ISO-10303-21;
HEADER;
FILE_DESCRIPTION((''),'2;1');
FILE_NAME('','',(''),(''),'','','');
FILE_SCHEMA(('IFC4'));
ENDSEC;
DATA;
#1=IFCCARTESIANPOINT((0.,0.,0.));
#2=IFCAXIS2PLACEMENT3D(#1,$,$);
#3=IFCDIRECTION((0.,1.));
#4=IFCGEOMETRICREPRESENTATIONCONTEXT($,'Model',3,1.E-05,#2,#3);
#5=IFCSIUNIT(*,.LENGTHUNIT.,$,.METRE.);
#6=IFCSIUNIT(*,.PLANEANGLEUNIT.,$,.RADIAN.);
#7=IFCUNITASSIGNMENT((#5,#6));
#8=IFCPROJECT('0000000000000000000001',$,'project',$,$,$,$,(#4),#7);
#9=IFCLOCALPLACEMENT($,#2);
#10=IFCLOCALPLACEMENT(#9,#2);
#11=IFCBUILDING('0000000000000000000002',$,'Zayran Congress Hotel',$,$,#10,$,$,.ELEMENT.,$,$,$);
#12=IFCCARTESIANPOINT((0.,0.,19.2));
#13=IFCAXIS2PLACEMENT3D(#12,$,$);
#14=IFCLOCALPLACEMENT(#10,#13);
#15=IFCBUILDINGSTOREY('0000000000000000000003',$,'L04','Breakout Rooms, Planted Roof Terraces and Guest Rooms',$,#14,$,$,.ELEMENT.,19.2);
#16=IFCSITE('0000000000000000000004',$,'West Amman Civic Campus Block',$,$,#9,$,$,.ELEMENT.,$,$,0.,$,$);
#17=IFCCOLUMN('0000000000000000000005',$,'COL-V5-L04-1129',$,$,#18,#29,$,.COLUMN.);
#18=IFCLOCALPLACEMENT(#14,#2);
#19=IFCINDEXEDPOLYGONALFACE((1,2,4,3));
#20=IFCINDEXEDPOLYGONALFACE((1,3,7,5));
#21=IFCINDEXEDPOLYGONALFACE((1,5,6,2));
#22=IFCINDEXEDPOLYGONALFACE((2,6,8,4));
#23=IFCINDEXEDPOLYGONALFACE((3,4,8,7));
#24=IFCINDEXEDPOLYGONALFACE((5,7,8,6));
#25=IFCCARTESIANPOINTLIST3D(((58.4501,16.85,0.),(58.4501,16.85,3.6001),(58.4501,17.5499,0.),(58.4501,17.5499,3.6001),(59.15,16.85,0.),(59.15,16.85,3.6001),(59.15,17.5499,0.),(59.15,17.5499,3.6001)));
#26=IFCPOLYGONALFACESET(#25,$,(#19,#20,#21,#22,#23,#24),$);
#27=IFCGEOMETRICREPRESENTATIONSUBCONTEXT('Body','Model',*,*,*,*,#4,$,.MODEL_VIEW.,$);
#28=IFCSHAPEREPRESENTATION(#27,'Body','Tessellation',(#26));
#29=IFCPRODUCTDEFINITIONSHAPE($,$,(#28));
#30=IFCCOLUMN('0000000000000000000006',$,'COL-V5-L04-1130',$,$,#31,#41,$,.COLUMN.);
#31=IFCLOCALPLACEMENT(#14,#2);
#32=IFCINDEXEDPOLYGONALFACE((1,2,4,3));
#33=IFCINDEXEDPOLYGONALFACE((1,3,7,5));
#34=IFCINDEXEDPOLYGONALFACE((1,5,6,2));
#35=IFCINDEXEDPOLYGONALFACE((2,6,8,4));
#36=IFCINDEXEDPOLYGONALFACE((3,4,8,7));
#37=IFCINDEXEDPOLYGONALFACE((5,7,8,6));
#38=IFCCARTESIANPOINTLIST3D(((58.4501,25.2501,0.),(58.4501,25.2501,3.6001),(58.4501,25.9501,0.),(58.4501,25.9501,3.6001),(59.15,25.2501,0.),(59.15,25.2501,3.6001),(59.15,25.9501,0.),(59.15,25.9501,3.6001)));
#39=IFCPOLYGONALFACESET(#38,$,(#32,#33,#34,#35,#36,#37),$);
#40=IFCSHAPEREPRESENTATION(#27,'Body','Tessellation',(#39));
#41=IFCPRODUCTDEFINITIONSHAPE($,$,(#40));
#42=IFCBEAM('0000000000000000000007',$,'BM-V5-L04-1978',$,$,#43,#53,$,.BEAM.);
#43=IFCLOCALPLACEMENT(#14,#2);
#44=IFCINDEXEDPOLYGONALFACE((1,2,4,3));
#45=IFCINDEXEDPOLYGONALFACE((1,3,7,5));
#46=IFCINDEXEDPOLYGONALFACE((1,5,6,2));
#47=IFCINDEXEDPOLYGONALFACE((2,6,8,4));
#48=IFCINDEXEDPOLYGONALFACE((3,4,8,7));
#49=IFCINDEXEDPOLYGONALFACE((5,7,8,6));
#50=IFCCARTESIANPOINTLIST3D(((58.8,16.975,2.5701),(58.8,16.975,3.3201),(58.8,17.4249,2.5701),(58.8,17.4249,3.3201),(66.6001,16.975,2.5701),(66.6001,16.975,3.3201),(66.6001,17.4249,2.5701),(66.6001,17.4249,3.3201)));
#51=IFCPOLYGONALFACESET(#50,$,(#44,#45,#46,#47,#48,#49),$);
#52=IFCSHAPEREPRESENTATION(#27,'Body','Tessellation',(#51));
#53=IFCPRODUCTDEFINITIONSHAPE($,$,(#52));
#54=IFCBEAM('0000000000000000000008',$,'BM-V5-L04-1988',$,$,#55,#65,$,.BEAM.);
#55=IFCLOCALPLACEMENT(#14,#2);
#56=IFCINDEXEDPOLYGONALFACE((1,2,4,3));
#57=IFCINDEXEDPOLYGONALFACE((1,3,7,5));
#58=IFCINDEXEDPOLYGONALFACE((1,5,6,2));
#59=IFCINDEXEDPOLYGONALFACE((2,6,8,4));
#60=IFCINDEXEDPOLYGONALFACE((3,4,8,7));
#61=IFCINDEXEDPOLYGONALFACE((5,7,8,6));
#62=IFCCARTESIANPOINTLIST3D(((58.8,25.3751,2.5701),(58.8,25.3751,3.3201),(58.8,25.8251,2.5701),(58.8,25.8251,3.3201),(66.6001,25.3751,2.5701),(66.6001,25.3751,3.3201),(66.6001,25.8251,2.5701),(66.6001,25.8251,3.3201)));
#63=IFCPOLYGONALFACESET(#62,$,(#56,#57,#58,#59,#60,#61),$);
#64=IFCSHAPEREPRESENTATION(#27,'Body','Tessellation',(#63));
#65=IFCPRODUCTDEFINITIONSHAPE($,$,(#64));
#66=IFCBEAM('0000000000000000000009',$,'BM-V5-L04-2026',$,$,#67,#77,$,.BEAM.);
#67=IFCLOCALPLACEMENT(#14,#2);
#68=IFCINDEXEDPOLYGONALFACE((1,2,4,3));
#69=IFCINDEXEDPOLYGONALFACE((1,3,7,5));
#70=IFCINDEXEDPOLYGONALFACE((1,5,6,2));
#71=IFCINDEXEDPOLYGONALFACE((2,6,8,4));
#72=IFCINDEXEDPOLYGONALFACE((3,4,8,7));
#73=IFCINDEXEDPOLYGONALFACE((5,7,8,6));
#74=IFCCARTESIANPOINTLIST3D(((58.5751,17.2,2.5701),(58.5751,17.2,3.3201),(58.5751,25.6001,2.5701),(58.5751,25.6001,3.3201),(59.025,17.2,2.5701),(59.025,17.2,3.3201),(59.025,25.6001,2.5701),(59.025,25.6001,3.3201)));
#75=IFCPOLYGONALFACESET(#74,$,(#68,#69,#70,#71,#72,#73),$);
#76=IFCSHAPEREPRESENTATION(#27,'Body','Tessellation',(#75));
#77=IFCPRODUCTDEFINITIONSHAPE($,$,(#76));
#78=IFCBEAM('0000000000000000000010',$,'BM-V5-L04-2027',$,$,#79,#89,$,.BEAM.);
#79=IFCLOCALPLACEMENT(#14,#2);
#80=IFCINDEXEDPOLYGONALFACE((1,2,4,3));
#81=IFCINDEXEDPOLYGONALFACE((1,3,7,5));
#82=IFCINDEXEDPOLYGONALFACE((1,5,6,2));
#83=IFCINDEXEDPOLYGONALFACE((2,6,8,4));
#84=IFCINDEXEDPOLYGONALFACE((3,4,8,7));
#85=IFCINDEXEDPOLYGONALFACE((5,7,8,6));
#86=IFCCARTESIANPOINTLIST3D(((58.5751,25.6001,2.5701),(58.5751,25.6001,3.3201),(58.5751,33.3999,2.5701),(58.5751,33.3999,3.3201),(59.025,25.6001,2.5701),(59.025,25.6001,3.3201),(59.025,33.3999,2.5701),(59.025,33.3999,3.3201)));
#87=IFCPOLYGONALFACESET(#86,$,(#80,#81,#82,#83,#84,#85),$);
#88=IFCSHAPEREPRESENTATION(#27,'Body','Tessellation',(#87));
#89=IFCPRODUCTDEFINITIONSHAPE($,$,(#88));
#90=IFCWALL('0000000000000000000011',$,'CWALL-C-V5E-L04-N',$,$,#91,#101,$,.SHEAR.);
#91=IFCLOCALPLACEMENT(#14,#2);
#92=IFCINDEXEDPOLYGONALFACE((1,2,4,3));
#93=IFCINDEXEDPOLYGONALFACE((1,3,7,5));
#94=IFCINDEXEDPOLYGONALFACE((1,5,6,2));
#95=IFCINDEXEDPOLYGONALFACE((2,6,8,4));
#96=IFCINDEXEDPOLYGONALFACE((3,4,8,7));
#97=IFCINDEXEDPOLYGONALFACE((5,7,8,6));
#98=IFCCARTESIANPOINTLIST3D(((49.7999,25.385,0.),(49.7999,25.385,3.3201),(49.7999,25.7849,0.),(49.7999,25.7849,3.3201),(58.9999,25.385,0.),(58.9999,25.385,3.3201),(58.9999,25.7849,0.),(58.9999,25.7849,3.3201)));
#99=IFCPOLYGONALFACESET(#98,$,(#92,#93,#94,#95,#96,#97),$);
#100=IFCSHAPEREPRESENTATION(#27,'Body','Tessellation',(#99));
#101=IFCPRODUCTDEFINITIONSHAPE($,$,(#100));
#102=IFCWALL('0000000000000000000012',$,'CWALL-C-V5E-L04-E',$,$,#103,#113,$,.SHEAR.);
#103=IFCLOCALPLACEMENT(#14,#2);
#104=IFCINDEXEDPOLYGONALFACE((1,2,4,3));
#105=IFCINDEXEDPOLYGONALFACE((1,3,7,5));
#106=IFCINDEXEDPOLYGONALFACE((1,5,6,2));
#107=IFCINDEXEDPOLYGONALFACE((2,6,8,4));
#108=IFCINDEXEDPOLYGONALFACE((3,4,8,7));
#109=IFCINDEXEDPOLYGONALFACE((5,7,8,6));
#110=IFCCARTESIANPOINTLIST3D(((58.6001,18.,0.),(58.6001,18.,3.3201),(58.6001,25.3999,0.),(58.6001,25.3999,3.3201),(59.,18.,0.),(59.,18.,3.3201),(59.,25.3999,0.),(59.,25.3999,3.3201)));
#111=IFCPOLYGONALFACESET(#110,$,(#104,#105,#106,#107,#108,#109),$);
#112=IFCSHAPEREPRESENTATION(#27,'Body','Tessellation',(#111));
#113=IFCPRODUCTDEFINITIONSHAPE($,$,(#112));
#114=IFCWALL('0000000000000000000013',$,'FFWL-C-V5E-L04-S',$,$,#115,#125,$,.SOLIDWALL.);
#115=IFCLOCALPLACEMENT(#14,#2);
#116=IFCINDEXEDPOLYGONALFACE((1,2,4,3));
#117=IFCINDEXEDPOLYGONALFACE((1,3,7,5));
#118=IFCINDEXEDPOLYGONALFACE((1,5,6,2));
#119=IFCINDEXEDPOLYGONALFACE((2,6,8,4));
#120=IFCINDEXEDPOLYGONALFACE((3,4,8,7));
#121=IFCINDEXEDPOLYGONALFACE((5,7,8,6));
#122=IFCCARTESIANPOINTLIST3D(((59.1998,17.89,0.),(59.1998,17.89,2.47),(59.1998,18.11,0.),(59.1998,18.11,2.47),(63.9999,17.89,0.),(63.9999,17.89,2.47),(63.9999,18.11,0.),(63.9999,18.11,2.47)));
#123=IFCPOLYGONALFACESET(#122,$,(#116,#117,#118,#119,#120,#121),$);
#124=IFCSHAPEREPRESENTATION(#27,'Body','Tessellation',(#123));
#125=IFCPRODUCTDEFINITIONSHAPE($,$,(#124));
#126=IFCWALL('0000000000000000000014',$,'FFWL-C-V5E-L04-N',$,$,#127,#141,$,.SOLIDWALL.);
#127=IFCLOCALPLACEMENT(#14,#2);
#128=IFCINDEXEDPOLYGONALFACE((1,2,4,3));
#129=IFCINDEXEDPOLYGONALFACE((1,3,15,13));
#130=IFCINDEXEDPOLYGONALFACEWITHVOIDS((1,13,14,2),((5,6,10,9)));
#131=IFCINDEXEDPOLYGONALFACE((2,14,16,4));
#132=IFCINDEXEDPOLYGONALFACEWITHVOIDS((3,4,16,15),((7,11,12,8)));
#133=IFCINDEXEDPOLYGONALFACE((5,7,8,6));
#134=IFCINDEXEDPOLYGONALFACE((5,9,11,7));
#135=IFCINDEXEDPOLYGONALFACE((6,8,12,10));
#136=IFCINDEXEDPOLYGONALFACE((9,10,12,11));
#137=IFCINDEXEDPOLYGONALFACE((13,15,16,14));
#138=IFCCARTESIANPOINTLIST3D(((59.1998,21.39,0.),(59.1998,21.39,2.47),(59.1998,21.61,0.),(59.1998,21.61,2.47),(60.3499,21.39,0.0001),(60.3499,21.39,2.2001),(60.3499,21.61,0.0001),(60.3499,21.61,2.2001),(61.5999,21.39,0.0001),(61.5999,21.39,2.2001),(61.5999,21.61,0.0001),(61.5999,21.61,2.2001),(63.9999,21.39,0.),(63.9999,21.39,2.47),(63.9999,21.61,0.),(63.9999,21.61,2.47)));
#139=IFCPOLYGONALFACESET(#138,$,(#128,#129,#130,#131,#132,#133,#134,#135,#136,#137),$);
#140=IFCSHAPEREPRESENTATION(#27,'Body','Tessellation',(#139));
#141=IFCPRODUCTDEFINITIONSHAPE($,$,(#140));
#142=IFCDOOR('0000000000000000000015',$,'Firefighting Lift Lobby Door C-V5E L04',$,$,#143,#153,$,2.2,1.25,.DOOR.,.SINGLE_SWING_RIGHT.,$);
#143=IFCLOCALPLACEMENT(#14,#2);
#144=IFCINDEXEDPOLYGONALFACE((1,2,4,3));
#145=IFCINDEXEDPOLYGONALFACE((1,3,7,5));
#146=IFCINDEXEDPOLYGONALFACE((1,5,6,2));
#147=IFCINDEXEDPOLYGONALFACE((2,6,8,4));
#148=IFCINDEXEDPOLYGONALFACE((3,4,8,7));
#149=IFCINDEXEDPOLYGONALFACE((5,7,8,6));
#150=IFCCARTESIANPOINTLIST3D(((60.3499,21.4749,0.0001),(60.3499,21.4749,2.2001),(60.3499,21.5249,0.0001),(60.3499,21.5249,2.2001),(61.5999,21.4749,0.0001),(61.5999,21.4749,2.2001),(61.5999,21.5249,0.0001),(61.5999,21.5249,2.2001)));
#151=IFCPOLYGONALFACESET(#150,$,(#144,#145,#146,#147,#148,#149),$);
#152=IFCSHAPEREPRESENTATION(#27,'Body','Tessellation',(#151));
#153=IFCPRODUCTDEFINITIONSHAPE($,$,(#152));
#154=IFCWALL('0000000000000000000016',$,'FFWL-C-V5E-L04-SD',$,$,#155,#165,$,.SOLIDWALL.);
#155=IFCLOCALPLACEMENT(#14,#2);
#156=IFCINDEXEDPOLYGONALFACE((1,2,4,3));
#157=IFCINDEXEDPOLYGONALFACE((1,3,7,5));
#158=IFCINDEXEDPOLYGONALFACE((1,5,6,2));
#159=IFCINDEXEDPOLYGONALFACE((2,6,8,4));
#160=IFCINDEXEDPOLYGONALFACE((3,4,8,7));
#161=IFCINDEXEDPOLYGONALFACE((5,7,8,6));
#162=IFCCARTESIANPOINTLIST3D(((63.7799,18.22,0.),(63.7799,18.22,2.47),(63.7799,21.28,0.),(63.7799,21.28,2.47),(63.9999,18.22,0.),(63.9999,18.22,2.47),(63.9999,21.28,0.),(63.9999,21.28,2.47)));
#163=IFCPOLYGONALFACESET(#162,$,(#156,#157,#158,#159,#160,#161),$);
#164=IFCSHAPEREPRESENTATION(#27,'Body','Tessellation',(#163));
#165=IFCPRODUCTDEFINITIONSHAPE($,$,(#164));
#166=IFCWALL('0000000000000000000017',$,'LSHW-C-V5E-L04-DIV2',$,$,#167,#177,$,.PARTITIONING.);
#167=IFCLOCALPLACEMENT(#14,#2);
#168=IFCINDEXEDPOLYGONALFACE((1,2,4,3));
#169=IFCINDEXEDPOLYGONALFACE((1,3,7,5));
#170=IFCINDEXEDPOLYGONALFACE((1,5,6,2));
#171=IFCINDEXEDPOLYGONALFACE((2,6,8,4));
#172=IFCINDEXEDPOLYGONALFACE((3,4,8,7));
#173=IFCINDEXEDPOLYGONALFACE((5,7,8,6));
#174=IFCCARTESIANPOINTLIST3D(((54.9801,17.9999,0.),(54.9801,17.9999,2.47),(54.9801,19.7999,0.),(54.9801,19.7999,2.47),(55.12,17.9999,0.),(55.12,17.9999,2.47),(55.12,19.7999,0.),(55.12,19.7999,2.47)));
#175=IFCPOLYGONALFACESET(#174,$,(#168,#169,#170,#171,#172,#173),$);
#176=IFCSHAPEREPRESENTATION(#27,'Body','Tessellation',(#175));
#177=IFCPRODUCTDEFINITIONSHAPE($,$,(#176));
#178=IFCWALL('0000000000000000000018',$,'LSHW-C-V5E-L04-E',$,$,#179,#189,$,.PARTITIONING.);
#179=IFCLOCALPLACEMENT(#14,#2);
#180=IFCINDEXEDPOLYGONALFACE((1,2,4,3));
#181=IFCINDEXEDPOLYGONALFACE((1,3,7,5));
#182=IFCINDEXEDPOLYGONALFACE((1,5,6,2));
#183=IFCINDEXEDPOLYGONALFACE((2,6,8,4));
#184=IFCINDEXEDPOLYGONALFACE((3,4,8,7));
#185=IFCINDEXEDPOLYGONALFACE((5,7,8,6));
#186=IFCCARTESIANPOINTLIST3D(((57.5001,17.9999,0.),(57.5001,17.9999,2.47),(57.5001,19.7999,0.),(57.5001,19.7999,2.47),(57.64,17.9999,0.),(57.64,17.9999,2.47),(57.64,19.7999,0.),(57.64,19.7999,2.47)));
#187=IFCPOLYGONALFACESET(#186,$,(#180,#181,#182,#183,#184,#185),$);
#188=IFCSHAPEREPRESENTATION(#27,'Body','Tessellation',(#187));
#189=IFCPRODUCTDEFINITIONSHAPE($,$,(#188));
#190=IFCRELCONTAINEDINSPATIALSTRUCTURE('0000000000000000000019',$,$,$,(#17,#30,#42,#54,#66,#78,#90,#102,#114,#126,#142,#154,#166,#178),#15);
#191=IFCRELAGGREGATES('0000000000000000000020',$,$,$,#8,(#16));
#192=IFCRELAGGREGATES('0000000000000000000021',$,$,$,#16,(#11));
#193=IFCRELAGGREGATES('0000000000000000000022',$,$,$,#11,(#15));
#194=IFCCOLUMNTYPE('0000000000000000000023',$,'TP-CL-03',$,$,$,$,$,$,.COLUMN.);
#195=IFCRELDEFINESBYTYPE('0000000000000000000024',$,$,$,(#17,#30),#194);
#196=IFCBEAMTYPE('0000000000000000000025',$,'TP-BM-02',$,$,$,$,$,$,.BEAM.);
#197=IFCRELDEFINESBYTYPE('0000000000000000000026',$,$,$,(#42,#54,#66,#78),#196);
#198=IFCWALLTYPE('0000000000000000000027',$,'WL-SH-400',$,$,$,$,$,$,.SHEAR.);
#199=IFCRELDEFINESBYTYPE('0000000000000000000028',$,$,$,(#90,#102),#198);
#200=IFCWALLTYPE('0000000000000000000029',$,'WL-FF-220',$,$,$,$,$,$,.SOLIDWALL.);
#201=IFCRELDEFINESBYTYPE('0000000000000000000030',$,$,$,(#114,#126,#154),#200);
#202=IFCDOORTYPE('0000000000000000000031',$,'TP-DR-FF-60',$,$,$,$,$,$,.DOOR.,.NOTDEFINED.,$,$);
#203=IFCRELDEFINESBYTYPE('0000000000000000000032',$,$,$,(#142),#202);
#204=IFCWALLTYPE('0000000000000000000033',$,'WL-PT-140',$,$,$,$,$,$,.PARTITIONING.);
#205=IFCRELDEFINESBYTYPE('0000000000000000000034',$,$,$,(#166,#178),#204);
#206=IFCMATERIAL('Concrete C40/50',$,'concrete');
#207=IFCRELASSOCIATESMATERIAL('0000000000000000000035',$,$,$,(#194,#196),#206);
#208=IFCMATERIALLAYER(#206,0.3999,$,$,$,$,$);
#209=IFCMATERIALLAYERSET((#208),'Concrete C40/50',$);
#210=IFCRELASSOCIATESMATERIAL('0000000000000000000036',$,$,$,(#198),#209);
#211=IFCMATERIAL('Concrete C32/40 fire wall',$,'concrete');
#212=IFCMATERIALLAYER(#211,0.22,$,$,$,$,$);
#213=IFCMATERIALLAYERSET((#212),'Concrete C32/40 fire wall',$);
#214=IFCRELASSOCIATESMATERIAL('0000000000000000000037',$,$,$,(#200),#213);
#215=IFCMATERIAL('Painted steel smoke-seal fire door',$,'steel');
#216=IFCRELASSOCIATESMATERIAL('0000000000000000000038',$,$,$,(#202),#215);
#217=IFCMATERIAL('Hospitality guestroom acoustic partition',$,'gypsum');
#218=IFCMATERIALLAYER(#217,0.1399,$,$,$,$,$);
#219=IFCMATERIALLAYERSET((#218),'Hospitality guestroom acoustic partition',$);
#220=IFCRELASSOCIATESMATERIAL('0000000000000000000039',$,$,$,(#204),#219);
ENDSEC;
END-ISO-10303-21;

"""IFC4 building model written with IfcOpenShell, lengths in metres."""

from ifc_helpers import new_model, si_unit, direction, frame, frame_2d, origin, origin_2d, place, context, subcontext, project, spatial, rectangle, extrude, material, layer, layer_set, material_profile, profile_set, type_object, element, fill, save


model = new_model("IFC4")

# Units and contexts
model_context = context("Model", 3, precision=1e-05, world=origin(), true_north=direction((0.0, 1.0)))
body_context = subcontext(model_context, "Body", "Model", "MODEL_VIEW")
ifc_project = project(units=[si_unit("LENGTHUNIT", "METRE"), si_unit("PLANEANGLEUNIT", "RADIAN")], contexts=[model_context])

# Site, building, storey
site_placement = place(None, origin())
site = spatial("IfcSite", under=ifc_project, at=site_placement, Name="West Amman Civic Campus Block", CompositionType="ELEMENT", RefElevation=0.0)
building_placement = place(site_placement, origin())
building = spatial("IfcBuilding", under=site, at=building_placement, Name="Zayran Congress Hotel", CompositionType="ELEMENT")
storey_placement = place(building_placement, frame((0.0, 0.0, 19.2)))
storey = spatial("IfcBuildingStorey", under=building, at=storey_placement, Name="L04", Description="Breakout Rooms, Planted Roof Terraces and Guest Rooms", CompositionType="ELEMENT", Elevation=19.2)

# Columns
ifc_material_1 = material(Name="Concrete C40/50", Category="concrete")
ifc_material_profile_1 = material_profile(ifc_material_1, rectangle(XDim=0.7, YDim=0.7, at=origin_2d()), Name="RC 700x700")
ifc_profile_set_1 = profile_set([ifc_material_profile_1], Name="Concrete C40/50")
column_type = type_object("IfcColumnType", Name="TP-CL-03", PredefinedType="COLUMN", material=ifc_profile_set_1)
for number, where, z_axis, x_axis, name in (
    (1, (58.8, 17.2, 0.0), (0.0, 0.0, 1.0), (1.0, 0.0, 0.0), "COL-V5-L04-1129"),
    (2, (58.8, 25.6001, 0.0), (0.0, 0.0, 1.0), (1.0, 0.0, 0.0), "COL-V5-L04-1130"),
):
    element("IfcColumn", number, at=place(storey_placement, frame(where, z_axis=z_axis, x_axis=x_axis)), inside=storey, type_object=column_type, Name=name, PredefinedType="COLUMN", context=body_context, shape_type="SweptSolid", body=[
        extrude(rectangle(XDim=0.7, YDim=0.7, at=origin_2d()), origin(), (0.0, 0.0, 1.0), 3.6001),
    ])

# Beams
ifc_material_profile_2 = material_profile(ifc_material_1, rectangle(XDim=0.45, YDim=0.75, at=origin_2d()), Name="RC 450x750")
ifc_profile_set_2 = profile_set([ifc_material_profile_2], Name="Concrete C40/50")
beam_type = type_object("IfcBeamType", Name="TP-BM-02", PredefinedType="BEAM", material=ifc_profile_set_2)
for number, where, z_axis, x_axis, name in (
    (3, (58.8, 17.2, 2.9451), (1.0, 0.0, 0.0), (0.0, 1.0, 0.0), "BM-V5-L04-1978"),
    (4, (58.8, 25.6001, 2.9451), (1.0, 0.0, 0.0), (0.0, 1.0, 0.0), "BM-V5-L04-1988"),
):
    element("IfcBeam", number, at=place(storey_placement, frame(where, z_axis=z_axis, x_axis=x_axis)), inside=storey, type_object=beam_type, Name=name, PredefinedType="BEAM", context=body_context, shape_type="SweptSolid", body=[
        extrude(rectangle(XDim=0.45, YDim=0.75, at=origin_2d()), origin(), (0.0, 0.0, 1.0), 7.8),
    ])
beam_1_placement = place(storey_placement, frame((58.8, 17.2, 2.9451), z_axis=(0.0, 1.0, 0.0), x_axis=(-1.0, 0.0, 0.0)))
element("IfcBeam", 5, at=beam_1_placement, inside=storey, type_object=beam_type, Name="BM-V5-L04-2026", PredefinedType="BEAM", context=body_context, shape_type="SweptSolid", body=[
    extrude(rectangle(XDim=0.45, YDim=0.75, at=origin_2d()), origin(), (0.0, 0.0, 1.0), 8.4001),
])
beam_2_placement = place(storey_placement, frame((58.8, 25.6001, 2.9451), z_axis=(0.0, 1.0, 0.0), x_axis=(-1.0, 0.0, 0.0)))
element("IfcBeam", 6, at=beam_2_placement, inside=storey, type_object=beam_type, Name="BM-V5-L04-2027", PredefinedType="BEAM", context=body_context, shape_type="SweptSolid", body=[
    extrude(rectangle(XDim=0.45, YDim=0.75, at=origin_2d()), origin(), (0.0, 0.0, 1.0), 7.7998),
])

# Walls
ifc_layer_1 = layer(ifc_material_1, 0.3999)
ifc_layer_set_1 = layer_set([ifc_layer_1], Name="Concrete C40/50")
wall_type_1 = type_object("IfcWallType", Name="WL-SH-400", PredefinedType="SHEAR", material=ifc_layer_set_1)
wall_1_placement = place(storey_placement, frame((59.0, 25.585, 0.0), z_axis=(0.0, 0.0, 1.0), x_axis=(-1.0, 0.0, 0.0)))
element("IfcWall", 7, at=wall_1_placement, inside=storey, type_object=wall_type_1, Name="CWALL-C-V5E-L04-N", PredefinedType="SHEAR", context=body_context, shape_type="SweptSolid", body=[
    extrude(rectangle(XDim=9.2, YDim=0.3999, at=frame_2d((4.6001, 0.0))), origin(), (0.0, 0.0, 1.0), 3.3201),
])
wall_2_placement = place(storey_placement, frame((58.8, 18.0, 0.0), z_axis=(0.0, 0.0, 1.0), x_axis=(0.0, 1.0, 0.0)))
element("IfcWall", 8, at=wall_2_placement, inside=storey, type_object=wall_type_1, Name="CWALL-C-V5E-L04-E", PredefinedType="SHEAR", context=body_context, shape_type="SweptSolid", body=[
    extrude(rectangle(XDim=7.3999, YDim=0.3999, at=frame_2d((3.7, 0.0))), origin(), (0.0, 0.0, 1.0), 3.3201),
])
ifc_material_2 = material(Name="Concrete C32/40 fire wall", Category="concrete")
ifc_layer_2 = layer(ifc_material_2, 0.22)
ifc_layer_set_2 = layer_set([ifc_layer_2], Name="Concrete C32/40 fire wall")
wall_type_2 = type_object("IfcWallType", Name="WL-FF-220", PredefinedType="SOLIDWALL", material=ifc_layer_set_2)
wall_3_placement = place(storey_placement, frame((59.2, 18.0, 0.0), z_axis=(0.0, 0.0, 1.0), x_axis=(1.0, 0.0, 0.0)))
element("IfcWall", 9, at=wall_3_placement, inside=storey, type_object=wall_type_2, Name="FFWL-C-V5E-L04-S", PredefinedType="SOLIDWALL", context=body_context, shape_type="SweptSolid", body=[
    extrude(rectangle(XDim=4.8, YDim=0.22, at=frame_2d((2.3999, 0.0))), origin(), (0.0, 0.0, 1.0), 2.47),
])

# Wall, opening, door
wall_4_placement = place(storey_placement, frame((59.2, 21.5, 0.0), z_axis=(0.0, 0.0, 1.0), x_axis=(1.0, 0.0, 0.0)))
wall_4 = element("IfcWall", 10, at=wall_4_placement, inside=storey, type_object=wall_type_2, Name="FFWL-C-V5E-L04-N", PredefinedType="SOLIDWALL", context=body_context, shape_type="SweptSolid", body=[
    extrude(rectangle(XDim=4.8, YDim=0.22, at=frame_2d((2.3999, 0.0))), origin(), (0.0, 0.0, 1.0), 2.47),
])
opening_1_placement = place(wall_4_placement, frame((1.1499, 0.0, 0.0)))
opening_1 = element("IfcOpeningElement", 11, at=opening_1_placement, cuts=wall_4, PredefinedType="OPENING", context=body_context, shape_type="SweptSolid", body=[
    extrude(rectangle(XDim=1.25, YDim=2.2, at=frame_2d((0.625, 1.1001))), frame((0.0, 0.1199, 0.0), z_axis=(0.0, -1.0, 0.0), x_axis=(1.0, 0.0, 0.0)), (0.0, 0.0, 1.0), 0.24),
])
ifc_material_3 = material(Name="Painted steel smoke-seal fire door", Category="steel")
door_type_1 = type_object("IfcDoorType", Name="TP-DR-FF-60", OperationType="NOTDEFINED", PredefinedType="DOOR", material=ifc_material_3)
door_1_placement = place(opening_1_placement, origin())
door_1 = element("IfcDoor", 12, at=door_1_placement, inside=storey, type_object=door_type_1, Name="Firefighting Lift Lobby Door C-V5E L04", OperationType="SINGLE_SWING_RIGHT", OverallHeight=2.2, OverallWidth=1.25, PredefinedType="DOOR", context=body_context, shape_type="SweptSolid", body=[
    extrude(rectangle(XDim=1.25, YDim=2.2, at=frame_2d((0.625, 1.1001))), frame((0.0, 0.0249, 0.0), z_axis=(0.0, -1.0, 0.0), x_axis=(1.0, 0.0, 0.0)), (0.0, 0.0, 1.0), 0.05),
])
fill(opening_1, door_1)

# Walls
wall_5_placement = place(storey_placement, frame((63.8899, 18.22, 0.0), z_axis=(0.0, 0.0, 1.0), x_axis=(0.0, 1.0, 0.0)))
element("IfcWall", 13, at=wall_5_placement, inside=storey, type_object=wall_type_2, Name="FFWL-C-V5E-L04-SD", PredefinedType="SOLIDWALL", context=body_context, shape_type="SweptSolid", body=[
    extrude(rectangle(XDim=3.0601, YDim=0.22, at=frame_2d((1.53, 0.0))), origin(), (0.0, 0.0, 1.0), 2.47),
])
ifc_material_4 = material(Name="Hospitality guestroom acoustic partition", Category="gypsum")
ifc_layer_3 = layer(ifc_material_4, 0.1399)
ifc_layer_set_3 = layer_set([ifc_layer_3], Name="Hospitality guestroom acoustic partition")
wall_type_3 = type_object("IfcWallType", Name="WL-PT-140", PredefinedType="PARTITIONING", material=ifc_layer_set_3)
for number, where, z_axis, x_axis, name in (
    (14, (55.05, 18.0, 0.0), (0.0, 0.0, 1.0), (0.0, 1.0, 0.0), "LSHW-C-V5E-L04-DIV2"),
    (15, (57.5701, 18.0, 0.0), (0.0, 0.0, 1.0), (0.0, 1.0, 0.0), "LSHW-C-V5E-L04-E"),
):
    element("IfcWall", number, at=place(storey_placement, frame(where, z_axis=z_axis, x_axis=x_axis)), inside=storey, type_object=wall_type_3, Name=name, PredefinedType="PARTITIONING", context=body_context, shape_type="SweptSolid", body=[
        extrude(rectangle(XDim=1.8, YDim=0.1399, at=frame_2d((0.8999, 0.0))), origin(), (0.0, 0.0, 1.0), 2.47),
    ])

save(model, "model.ifc")
